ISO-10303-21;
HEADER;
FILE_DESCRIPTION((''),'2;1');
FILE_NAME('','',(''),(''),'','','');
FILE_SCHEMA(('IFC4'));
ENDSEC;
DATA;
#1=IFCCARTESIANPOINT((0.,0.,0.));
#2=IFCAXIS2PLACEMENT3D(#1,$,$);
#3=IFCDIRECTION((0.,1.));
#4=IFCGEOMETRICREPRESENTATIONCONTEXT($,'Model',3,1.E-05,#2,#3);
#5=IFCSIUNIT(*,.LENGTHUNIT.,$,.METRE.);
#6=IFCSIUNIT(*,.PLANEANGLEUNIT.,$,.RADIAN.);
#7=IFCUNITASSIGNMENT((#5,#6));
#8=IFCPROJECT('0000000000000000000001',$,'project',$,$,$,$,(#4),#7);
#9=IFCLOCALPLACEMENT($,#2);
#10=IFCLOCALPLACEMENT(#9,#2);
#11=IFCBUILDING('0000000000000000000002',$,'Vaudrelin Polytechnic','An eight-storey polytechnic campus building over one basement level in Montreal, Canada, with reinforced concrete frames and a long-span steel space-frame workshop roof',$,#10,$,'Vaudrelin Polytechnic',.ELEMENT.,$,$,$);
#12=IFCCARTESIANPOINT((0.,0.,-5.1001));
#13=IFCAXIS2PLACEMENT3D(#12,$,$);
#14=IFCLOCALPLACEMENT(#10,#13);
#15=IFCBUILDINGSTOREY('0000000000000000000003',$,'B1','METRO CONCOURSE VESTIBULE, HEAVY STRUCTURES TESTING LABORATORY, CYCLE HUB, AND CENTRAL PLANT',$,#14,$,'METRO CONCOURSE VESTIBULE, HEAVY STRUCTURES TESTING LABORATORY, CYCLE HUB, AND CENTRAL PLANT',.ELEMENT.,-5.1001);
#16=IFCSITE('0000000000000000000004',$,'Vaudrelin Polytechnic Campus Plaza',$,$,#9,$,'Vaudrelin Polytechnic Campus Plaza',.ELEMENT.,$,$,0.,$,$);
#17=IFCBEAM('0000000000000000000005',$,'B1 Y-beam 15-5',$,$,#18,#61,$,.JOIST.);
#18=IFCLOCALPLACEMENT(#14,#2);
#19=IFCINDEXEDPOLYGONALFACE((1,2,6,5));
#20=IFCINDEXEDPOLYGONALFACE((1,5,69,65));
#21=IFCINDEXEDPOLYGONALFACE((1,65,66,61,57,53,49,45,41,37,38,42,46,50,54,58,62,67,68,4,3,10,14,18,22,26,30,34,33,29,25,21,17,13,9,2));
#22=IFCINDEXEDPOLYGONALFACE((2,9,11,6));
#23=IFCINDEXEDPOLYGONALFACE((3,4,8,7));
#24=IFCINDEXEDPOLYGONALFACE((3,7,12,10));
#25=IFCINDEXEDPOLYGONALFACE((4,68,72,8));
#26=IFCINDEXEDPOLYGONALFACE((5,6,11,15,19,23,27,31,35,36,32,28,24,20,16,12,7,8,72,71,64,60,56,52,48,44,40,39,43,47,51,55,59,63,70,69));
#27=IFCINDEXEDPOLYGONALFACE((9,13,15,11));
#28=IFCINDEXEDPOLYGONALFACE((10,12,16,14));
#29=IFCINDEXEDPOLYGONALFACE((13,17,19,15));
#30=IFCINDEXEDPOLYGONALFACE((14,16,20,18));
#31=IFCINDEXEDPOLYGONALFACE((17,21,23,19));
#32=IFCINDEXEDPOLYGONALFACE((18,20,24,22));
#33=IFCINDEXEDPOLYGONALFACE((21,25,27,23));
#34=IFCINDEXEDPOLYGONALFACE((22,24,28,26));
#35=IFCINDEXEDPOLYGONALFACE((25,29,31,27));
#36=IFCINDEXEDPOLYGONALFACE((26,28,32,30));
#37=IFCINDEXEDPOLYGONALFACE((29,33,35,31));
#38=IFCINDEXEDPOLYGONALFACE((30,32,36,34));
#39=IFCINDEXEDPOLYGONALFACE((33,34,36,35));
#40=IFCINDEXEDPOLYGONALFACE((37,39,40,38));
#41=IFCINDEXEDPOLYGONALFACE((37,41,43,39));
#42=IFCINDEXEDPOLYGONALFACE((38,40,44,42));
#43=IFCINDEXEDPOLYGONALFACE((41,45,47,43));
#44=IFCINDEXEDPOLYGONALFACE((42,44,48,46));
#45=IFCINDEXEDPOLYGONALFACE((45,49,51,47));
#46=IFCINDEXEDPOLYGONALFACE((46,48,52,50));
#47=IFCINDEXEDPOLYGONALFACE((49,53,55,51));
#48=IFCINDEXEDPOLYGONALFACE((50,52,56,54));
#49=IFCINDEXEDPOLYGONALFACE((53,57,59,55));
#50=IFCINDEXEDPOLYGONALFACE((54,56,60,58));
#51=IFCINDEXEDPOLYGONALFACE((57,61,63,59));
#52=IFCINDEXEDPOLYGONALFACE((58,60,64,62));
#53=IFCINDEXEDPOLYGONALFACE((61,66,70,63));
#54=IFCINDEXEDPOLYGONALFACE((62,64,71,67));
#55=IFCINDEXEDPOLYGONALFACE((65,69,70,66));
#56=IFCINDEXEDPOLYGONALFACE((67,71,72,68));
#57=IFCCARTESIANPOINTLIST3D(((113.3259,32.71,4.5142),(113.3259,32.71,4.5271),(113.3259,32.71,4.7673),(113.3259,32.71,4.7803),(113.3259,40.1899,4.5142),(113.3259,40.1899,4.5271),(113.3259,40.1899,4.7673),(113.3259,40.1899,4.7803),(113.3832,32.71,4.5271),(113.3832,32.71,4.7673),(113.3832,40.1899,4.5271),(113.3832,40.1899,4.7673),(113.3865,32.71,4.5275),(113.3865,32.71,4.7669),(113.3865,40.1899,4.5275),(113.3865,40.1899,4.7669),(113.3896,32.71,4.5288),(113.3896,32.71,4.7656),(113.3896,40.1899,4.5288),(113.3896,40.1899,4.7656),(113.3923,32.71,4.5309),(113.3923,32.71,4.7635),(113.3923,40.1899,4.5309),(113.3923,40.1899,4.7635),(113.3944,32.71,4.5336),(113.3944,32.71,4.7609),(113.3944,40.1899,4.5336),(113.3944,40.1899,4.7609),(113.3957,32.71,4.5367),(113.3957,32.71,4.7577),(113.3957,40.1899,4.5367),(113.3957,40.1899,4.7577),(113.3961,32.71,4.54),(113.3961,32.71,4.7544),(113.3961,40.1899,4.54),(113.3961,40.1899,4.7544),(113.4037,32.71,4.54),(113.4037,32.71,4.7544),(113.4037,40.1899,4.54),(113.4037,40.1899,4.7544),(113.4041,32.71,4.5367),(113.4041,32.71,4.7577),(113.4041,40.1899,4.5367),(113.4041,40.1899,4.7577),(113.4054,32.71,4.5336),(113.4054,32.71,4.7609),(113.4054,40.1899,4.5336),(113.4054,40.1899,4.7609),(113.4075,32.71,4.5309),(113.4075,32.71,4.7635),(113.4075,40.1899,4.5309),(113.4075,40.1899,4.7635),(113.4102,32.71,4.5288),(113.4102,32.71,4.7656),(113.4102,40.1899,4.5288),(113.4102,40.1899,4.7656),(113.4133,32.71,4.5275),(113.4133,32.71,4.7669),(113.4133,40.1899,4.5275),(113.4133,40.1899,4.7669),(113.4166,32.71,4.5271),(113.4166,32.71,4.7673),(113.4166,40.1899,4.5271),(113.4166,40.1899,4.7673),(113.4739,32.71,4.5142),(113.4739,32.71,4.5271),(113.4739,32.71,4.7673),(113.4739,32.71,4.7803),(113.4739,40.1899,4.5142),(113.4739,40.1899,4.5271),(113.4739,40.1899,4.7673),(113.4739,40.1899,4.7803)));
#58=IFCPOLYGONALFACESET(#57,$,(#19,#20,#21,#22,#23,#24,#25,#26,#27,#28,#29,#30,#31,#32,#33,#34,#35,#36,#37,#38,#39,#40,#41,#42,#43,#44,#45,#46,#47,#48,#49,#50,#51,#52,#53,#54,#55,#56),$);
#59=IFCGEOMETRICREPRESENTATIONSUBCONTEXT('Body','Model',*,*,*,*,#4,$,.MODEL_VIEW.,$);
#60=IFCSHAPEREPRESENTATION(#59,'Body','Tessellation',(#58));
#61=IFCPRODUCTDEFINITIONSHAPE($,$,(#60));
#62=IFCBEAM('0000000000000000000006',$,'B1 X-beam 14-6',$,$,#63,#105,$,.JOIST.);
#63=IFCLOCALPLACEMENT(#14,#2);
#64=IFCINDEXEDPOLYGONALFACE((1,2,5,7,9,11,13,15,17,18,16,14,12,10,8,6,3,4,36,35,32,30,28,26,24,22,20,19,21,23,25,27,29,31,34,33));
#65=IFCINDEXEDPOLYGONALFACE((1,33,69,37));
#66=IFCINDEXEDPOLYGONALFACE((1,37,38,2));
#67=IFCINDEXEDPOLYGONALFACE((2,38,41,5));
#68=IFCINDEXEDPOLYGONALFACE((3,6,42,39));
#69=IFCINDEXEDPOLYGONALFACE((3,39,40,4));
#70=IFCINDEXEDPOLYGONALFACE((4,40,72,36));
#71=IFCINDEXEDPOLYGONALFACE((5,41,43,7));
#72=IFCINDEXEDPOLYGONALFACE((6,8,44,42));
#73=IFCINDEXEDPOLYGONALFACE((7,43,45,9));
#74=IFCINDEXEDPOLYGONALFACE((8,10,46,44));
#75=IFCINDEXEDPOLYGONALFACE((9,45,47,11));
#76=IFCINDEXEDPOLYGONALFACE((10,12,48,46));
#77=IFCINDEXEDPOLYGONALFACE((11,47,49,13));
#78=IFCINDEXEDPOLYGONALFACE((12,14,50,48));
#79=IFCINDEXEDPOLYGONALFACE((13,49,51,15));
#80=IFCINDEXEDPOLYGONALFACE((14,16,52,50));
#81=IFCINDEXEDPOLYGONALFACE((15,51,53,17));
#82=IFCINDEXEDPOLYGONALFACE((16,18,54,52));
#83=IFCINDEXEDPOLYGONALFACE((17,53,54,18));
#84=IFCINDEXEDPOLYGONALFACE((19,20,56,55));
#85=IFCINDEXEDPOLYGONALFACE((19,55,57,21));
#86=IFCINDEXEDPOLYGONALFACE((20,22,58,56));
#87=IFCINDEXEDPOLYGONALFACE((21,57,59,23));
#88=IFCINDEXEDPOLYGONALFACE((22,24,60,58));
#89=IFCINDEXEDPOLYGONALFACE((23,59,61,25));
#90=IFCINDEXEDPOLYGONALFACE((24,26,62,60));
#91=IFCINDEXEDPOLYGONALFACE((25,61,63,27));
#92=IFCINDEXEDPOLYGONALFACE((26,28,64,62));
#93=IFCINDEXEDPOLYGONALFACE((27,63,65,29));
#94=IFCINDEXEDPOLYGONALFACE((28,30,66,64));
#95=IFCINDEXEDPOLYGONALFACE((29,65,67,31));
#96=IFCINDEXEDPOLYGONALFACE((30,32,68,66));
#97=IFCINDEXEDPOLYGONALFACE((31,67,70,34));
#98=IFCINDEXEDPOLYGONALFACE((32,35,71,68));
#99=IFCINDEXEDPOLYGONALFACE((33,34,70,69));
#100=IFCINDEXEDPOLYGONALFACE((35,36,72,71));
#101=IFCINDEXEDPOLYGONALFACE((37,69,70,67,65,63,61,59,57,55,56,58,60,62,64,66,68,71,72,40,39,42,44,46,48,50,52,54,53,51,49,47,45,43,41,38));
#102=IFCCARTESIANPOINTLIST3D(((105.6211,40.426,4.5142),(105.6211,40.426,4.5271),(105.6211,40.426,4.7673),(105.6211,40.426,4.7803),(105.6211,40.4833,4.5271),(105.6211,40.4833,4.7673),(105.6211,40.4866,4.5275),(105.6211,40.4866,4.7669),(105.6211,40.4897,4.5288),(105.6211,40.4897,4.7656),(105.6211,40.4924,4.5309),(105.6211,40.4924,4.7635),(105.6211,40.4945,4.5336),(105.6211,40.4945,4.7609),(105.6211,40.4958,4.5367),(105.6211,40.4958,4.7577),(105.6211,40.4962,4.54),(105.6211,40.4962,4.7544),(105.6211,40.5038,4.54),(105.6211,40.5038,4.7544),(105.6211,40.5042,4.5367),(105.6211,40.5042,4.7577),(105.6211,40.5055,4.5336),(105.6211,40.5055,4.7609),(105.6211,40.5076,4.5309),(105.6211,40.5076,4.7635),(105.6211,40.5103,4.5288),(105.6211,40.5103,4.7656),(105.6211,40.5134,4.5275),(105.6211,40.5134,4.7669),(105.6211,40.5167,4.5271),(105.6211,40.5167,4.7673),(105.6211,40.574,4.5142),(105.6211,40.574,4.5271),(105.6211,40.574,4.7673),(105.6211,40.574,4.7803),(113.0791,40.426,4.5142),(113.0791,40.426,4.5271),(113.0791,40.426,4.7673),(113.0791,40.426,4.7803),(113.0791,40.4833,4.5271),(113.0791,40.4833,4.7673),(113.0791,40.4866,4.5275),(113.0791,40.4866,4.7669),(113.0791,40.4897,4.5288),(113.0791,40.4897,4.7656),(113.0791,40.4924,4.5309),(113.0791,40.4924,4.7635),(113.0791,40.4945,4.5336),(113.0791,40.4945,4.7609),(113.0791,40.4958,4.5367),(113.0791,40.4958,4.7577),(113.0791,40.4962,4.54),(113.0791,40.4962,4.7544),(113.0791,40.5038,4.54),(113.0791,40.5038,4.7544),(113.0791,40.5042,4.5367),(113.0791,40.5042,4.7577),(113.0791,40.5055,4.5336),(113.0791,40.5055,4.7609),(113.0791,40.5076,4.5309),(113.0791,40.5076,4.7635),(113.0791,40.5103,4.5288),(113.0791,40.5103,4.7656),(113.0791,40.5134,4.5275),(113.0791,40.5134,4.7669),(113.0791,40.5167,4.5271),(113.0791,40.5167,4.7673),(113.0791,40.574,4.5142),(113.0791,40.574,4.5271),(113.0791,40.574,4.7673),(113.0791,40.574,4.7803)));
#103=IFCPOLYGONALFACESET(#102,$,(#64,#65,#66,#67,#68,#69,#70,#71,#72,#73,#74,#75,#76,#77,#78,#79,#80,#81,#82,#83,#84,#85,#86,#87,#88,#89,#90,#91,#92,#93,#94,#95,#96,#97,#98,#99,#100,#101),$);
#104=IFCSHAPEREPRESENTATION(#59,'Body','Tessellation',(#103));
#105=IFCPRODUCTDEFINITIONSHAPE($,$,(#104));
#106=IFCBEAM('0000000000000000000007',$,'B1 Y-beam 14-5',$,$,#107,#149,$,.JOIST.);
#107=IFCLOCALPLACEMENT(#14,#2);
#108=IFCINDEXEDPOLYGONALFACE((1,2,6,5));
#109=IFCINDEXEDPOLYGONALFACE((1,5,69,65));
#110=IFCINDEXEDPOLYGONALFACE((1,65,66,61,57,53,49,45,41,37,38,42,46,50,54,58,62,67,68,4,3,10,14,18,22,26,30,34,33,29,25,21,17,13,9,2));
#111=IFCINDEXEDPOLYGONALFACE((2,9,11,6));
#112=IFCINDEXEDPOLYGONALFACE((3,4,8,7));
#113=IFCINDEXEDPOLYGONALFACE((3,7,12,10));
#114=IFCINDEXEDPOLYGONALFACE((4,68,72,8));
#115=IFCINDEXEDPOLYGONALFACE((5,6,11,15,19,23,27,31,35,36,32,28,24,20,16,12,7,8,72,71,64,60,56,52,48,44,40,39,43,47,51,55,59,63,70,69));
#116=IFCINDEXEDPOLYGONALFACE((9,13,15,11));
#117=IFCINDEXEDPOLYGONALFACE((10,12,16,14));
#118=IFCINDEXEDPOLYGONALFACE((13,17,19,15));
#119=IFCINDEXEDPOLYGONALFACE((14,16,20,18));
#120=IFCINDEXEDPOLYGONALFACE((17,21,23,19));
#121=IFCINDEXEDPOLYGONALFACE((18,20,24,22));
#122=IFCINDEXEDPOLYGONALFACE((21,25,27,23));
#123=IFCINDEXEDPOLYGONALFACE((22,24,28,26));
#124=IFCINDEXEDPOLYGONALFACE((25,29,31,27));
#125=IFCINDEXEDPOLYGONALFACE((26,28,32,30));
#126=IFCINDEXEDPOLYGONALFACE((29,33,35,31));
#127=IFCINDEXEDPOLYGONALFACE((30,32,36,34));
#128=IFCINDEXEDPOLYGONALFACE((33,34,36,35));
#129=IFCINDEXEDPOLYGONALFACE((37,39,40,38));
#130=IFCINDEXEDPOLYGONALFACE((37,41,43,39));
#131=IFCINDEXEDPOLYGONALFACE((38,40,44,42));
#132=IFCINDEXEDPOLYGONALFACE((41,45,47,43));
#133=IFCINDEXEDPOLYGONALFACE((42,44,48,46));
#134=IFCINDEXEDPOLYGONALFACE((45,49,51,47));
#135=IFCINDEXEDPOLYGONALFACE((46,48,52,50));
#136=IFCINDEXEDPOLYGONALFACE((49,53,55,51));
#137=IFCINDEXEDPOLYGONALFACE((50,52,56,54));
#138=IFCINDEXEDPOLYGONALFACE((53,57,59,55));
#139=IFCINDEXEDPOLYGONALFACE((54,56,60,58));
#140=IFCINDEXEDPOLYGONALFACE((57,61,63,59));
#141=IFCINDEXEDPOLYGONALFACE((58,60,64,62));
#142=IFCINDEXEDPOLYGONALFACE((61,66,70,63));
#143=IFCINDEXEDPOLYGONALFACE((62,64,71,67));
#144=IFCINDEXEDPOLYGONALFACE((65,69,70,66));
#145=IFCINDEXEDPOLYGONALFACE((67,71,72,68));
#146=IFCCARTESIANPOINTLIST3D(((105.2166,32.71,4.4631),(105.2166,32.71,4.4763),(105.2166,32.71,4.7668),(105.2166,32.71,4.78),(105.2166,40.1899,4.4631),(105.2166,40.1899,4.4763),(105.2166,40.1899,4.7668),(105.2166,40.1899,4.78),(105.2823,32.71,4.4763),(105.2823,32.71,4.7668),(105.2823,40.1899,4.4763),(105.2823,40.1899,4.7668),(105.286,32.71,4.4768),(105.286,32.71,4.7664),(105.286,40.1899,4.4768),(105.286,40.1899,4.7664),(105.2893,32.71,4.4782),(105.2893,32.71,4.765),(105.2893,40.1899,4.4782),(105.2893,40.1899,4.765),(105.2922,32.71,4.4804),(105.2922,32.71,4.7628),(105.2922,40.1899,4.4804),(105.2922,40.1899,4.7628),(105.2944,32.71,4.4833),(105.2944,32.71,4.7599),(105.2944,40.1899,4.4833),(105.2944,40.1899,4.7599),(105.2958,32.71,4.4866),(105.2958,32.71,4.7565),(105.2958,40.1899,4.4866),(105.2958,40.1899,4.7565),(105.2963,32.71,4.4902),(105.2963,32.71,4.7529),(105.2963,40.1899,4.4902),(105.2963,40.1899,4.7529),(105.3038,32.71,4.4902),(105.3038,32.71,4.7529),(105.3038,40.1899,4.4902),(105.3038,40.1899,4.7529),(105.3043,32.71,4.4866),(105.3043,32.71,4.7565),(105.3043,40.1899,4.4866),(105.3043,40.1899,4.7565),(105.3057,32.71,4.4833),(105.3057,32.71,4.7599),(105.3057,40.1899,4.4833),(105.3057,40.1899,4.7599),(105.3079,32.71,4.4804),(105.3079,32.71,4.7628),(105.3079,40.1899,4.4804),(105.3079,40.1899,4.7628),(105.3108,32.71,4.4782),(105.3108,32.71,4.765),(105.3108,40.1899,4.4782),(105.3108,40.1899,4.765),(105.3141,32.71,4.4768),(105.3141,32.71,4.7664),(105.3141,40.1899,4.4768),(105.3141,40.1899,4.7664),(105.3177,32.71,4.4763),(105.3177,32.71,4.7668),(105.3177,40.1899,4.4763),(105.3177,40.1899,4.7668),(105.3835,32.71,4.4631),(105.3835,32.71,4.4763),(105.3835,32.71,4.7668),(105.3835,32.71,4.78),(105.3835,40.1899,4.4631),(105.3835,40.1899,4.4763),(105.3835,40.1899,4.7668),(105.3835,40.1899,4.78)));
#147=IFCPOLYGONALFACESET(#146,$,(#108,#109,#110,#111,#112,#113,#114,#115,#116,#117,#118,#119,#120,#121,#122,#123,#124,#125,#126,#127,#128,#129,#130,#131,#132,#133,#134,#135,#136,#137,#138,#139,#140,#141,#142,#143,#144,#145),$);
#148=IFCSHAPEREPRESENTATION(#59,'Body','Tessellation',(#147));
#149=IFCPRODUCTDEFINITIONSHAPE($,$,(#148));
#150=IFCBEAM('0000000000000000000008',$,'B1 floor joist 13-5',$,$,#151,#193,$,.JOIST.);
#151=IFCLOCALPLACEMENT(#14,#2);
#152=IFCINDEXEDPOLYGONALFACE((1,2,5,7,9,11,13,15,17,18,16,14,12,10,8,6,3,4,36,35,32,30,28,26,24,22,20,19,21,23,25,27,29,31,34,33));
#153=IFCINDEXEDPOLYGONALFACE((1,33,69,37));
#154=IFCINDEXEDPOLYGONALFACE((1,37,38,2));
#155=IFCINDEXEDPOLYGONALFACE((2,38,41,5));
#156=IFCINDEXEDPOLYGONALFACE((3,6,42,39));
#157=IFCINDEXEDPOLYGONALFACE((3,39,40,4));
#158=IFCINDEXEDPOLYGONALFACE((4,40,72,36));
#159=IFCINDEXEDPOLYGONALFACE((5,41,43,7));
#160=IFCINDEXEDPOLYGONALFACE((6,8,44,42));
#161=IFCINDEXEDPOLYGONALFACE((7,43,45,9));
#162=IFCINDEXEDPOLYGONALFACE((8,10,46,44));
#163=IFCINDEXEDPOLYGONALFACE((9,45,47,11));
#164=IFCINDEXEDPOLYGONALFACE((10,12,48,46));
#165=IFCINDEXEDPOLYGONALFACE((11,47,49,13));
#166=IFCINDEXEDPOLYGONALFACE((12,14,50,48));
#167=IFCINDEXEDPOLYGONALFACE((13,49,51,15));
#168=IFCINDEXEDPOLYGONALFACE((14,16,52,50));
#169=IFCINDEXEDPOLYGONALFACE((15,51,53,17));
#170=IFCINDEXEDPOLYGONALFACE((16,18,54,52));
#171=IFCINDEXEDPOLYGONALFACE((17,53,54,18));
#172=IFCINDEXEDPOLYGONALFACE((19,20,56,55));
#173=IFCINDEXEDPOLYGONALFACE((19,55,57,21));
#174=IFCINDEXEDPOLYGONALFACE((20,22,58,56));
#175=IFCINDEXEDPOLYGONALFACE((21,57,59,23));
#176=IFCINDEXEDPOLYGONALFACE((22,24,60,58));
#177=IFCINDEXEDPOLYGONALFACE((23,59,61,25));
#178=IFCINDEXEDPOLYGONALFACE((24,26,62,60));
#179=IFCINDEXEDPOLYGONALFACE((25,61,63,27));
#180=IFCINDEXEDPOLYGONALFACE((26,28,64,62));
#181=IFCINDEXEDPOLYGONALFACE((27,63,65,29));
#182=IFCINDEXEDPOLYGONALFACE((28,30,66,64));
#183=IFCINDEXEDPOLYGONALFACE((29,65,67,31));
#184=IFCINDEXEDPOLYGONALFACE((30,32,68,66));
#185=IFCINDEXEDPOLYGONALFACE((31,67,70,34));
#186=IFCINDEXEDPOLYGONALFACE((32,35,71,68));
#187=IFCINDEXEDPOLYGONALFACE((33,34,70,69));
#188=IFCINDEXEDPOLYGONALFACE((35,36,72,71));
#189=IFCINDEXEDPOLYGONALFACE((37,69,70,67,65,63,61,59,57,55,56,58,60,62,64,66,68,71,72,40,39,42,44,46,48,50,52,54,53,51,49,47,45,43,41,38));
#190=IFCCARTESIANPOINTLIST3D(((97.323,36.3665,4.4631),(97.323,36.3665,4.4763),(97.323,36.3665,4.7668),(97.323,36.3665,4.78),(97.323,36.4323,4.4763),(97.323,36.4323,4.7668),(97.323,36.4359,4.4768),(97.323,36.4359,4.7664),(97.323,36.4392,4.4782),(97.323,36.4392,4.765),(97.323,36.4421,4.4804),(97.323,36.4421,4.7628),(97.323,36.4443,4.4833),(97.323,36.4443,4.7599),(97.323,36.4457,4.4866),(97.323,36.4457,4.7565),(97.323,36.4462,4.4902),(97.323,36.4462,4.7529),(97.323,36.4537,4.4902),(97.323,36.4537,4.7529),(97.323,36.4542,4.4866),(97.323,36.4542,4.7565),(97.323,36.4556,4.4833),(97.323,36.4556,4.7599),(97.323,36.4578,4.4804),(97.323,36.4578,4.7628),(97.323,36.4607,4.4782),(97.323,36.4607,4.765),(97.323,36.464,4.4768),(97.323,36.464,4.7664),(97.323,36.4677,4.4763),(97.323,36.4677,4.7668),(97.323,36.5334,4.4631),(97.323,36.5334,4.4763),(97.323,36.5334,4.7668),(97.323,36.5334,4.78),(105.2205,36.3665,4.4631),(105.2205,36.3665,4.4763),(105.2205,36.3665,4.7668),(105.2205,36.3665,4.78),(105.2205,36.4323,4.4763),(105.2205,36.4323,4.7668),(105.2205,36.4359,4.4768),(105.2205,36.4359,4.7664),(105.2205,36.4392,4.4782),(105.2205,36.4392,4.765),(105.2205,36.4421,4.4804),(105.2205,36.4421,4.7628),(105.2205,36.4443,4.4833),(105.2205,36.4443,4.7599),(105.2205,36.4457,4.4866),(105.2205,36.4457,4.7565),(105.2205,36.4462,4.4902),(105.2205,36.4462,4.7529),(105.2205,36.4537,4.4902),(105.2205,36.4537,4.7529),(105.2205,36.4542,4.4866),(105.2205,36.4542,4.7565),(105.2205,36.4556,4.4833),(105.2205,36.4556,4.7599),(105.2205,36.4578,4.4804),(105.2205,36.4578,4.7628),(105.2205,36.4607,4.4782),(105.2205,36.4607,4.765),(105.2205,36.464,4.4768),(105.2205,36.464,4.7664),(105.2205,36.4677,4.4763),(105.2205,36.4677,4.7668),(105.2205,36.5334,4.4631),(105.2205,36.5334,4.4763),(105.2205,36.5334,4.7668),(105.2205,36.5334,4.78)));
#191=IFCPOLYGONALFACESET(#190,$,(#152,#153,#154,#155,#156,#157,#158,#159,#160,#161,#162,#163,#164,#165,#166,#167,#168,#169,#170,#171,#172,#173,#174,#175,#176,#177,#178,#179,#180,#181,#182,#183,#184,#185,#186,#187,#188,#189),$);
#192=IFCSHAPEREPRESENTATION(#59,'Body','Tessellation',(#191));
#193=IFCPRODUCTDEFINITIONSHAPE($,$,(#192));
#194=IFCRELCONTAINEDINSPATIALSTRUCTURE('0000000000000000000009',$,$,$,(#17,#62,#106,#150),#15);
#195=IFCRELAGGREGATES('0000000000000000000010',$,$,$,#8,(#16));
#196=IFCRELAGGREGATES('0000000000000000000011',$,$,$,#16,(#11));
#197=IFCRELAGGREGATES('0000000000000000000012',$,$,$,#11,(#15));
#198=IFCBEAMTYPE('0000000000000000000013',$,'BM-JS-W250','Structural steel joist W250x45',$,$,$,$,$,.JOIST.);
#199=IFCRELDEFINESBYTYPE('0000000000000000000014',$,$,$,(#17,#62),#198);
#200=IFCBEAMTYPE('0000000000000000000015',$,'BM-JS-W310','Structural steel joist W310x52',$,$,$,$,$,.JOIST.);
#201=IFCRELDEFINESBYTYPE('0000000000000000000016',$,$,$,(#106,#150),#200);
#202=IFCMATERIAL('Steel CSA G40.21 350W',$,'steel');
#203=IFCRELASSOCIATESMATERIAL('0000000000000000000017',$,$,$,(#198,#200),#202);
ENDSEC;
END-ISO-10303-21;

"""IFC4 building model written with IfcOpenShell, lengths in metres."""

from ifc_helpers import new_model, si_unit, direction, frame, origin, origin_2d, place, context, subcontext, project, spatial, i_section, extrude, material, material_profile, profile_set, type_object, element, save


model = new_model("IFC4")

# Units and contexts
model_context = context("Model", 3, precision=1e-05, world=origin(), true_north=direction((0.0, 1.0)))
body_context = subcontext(model_context, "Body", "Model", "MODEL_VIEW")
ifc_project = project(units=[si_unit("LENGTHUNIT", "METRE"), si_unit("PLANEANGLEUNIT", "RADIAN")], contexts=[model_context])

# Site, building, storey
site_placement = place(None, origin())
site = spatial("IfcSite", under=ifc_project, at=site_placement, Name="Vaudrelin Polytechnic Campus Plaza", LongName="Vaudrelin Polytechnic Campus Plaza", CompositionType="ELEMENT", RefElevation=0.0)
building_placement = place(site_placement, origin())
building = spatial("IfcBuilding", under=site, at=building_placement, Name="Vaudrelin Polytechnic", Description="An eight-storey polytechnic campus building over one basement level in Montreal, Canada, with reinforced concrete frames and a long-span steel space-frame workshop roof", LongName="Vaudrelin Polytechnic", CompositionType="ELEMENT")
storey_placement = place(building_placement, frame((0.0, 0.0, -5.1001)))
storey = spatial("IfcBuildingStorey", under=building, at=storey_placement, Name="B1", Description="METRO CONCOURSE VESTIBULE, HEAVY STRUCTURES TESTING LABORATORY, CYCLE HUB, AND CENTRAL PLANT", LongName="METRO CONCOURSE VESTIBULE, HEAVY STRUCTURES TESTING LABORATORY, CYCLE HUB, AND CENTRAL PLANT", CompositionType="ELEMENT", Elevation=-5.1001)

# Beams
ifc_material_1 = material(Name="Steel CSA G40.21 350W", Category="steel")
ifc_material_profile_1 = material_profile(ifc_material_1, i_section(OverallWidth=0.1479, OverallDepth=0.2661, WebThickness=0.0076, FlangeThickness=0.0129, FilletRadius=0.0129, at=origin_2d()), Name="W250x45")
ifc_profile_set_1 = profile_set([ifc_material_profile_1], Name="Steel CSA G40.21 350W")
beam_type_1 = type_object("IfcBeamType", Name="BM-JS-W250", Description="Structural steel joist W250x45", PredefinedType="JOIST", material=ifc_profile_set_1)
for number, where, z_axis, x_axis, name in (
    (1, (113.3999, 32.71, 4.6472), (0.0, 1.0, 0.0), (-1.0, 0.0, 0.0), "B1 Y-beam 15-5"),
):
    element("IfcBeam", number, at=place(storey_placement, frame(where, z_axis=z_axis, x_axis=x_axis)), inside=storey, type_object=beam_type_1, Name=name, PredefinedType="JOIST", context=body_context, shape_type="SweptSolid", body=[
        extrude(i_section(OverallWidth=0.1479, OverallDepth=0.2661, WebThickness=0.0076, FlangeThickness=0.0129, FilletRadius=0.0129, at=origin_2d()), origin(), (0.0, 0.0, 1.0), 7.48),
    ])
beam_1_placement = place(storey_placement, frame((105.6211, 40.5, 4.6472), z_axis=(1.0, 0.0, 0.0), x_axis=(0.0, 1.0, 0.0)))
element("IfcBeam", 2, at=beam_1_placement, inside=storey, type_object=beam_type_1, Name="B1 X-beam 14-6", PredefinedType="JOIST", context=body_context, shape_type="SweptSolid", body=[
    extrude(i_section(OverallWidth=0.1479, OverallDepth=0.2661, WebThickness=0.0076, FlangeThickness=0.0129, FilletRadius=0.0129, at=origin_2d()), origin(), (0.0, 0.0, 1.0), 7.458),
])
ifc_material_profile_2 = material_profile(ifc_material_1, i_section(OverallWidth=0.167, OverallDepth=0.3169, WebThickness=0.0076, FlangeThickness=0.0132, FilletRadius=0.0139, at=origin_2d()), Name="W310x52")
ifc_profile_set_2 = profile_set([ifc_material_profile_2], Name="Steel CSA G40.21 350W")
beam_type_2 = type_object("IfcBeamType", Name="BM-JS-W310", Description="Structural steel joist W310x52", PredefinedType="JOIST", material=ifc_profile_set_2)
beam_2_placement = place(storey_placement, frame((105.3, 32.71, 4.6216), z_axis=(0.0, 1.0, 0.0), x_axis=(-1.0, 0.0, 0.0)))
element("IfcBeam", 3, at=beam_2_placement, inside=storey, type_object=beam_type_2, Name="B1 Y-beam 14-5", PredefinedType="JOIST", context=body_context, shape_type="SweptSolid", body=[
    extrude(i_section(OverallWidth=0.167, OverallDepth=0.3169, WebThickness=0.0076, FlangeThickness=0.0132, FilletRadius=0.0139, at=origin_2d()), origin(), (0.0, 0.0, 1.0), 7.48),
])
beam_3_placement = place(storey_placement, frame((97.323, 36.45, 4.6216), z_axis=(1.0, 0.0, 0.0), x_axis=(0.0, 1.0, 0.0)))
element("IfcBeam", 4, at=beam_3_placement, inside=storey, type_object=beam_type_2, Name="B1 floor joist 13-5", PredefinedType="JOIST", context=body_context, shape_type="SweptSolid", body=[
    extrude(i_section(OverallWidth=0.167, OverallDepth=0.3169, WebThickness=0.0076, FlangeThickness=0.0132, FilletRadius=0.0139, at=origin_2d()), origin(), (0.0, 0.0, 1.0), 7.8975),
])

save(model, "model.ifc")
